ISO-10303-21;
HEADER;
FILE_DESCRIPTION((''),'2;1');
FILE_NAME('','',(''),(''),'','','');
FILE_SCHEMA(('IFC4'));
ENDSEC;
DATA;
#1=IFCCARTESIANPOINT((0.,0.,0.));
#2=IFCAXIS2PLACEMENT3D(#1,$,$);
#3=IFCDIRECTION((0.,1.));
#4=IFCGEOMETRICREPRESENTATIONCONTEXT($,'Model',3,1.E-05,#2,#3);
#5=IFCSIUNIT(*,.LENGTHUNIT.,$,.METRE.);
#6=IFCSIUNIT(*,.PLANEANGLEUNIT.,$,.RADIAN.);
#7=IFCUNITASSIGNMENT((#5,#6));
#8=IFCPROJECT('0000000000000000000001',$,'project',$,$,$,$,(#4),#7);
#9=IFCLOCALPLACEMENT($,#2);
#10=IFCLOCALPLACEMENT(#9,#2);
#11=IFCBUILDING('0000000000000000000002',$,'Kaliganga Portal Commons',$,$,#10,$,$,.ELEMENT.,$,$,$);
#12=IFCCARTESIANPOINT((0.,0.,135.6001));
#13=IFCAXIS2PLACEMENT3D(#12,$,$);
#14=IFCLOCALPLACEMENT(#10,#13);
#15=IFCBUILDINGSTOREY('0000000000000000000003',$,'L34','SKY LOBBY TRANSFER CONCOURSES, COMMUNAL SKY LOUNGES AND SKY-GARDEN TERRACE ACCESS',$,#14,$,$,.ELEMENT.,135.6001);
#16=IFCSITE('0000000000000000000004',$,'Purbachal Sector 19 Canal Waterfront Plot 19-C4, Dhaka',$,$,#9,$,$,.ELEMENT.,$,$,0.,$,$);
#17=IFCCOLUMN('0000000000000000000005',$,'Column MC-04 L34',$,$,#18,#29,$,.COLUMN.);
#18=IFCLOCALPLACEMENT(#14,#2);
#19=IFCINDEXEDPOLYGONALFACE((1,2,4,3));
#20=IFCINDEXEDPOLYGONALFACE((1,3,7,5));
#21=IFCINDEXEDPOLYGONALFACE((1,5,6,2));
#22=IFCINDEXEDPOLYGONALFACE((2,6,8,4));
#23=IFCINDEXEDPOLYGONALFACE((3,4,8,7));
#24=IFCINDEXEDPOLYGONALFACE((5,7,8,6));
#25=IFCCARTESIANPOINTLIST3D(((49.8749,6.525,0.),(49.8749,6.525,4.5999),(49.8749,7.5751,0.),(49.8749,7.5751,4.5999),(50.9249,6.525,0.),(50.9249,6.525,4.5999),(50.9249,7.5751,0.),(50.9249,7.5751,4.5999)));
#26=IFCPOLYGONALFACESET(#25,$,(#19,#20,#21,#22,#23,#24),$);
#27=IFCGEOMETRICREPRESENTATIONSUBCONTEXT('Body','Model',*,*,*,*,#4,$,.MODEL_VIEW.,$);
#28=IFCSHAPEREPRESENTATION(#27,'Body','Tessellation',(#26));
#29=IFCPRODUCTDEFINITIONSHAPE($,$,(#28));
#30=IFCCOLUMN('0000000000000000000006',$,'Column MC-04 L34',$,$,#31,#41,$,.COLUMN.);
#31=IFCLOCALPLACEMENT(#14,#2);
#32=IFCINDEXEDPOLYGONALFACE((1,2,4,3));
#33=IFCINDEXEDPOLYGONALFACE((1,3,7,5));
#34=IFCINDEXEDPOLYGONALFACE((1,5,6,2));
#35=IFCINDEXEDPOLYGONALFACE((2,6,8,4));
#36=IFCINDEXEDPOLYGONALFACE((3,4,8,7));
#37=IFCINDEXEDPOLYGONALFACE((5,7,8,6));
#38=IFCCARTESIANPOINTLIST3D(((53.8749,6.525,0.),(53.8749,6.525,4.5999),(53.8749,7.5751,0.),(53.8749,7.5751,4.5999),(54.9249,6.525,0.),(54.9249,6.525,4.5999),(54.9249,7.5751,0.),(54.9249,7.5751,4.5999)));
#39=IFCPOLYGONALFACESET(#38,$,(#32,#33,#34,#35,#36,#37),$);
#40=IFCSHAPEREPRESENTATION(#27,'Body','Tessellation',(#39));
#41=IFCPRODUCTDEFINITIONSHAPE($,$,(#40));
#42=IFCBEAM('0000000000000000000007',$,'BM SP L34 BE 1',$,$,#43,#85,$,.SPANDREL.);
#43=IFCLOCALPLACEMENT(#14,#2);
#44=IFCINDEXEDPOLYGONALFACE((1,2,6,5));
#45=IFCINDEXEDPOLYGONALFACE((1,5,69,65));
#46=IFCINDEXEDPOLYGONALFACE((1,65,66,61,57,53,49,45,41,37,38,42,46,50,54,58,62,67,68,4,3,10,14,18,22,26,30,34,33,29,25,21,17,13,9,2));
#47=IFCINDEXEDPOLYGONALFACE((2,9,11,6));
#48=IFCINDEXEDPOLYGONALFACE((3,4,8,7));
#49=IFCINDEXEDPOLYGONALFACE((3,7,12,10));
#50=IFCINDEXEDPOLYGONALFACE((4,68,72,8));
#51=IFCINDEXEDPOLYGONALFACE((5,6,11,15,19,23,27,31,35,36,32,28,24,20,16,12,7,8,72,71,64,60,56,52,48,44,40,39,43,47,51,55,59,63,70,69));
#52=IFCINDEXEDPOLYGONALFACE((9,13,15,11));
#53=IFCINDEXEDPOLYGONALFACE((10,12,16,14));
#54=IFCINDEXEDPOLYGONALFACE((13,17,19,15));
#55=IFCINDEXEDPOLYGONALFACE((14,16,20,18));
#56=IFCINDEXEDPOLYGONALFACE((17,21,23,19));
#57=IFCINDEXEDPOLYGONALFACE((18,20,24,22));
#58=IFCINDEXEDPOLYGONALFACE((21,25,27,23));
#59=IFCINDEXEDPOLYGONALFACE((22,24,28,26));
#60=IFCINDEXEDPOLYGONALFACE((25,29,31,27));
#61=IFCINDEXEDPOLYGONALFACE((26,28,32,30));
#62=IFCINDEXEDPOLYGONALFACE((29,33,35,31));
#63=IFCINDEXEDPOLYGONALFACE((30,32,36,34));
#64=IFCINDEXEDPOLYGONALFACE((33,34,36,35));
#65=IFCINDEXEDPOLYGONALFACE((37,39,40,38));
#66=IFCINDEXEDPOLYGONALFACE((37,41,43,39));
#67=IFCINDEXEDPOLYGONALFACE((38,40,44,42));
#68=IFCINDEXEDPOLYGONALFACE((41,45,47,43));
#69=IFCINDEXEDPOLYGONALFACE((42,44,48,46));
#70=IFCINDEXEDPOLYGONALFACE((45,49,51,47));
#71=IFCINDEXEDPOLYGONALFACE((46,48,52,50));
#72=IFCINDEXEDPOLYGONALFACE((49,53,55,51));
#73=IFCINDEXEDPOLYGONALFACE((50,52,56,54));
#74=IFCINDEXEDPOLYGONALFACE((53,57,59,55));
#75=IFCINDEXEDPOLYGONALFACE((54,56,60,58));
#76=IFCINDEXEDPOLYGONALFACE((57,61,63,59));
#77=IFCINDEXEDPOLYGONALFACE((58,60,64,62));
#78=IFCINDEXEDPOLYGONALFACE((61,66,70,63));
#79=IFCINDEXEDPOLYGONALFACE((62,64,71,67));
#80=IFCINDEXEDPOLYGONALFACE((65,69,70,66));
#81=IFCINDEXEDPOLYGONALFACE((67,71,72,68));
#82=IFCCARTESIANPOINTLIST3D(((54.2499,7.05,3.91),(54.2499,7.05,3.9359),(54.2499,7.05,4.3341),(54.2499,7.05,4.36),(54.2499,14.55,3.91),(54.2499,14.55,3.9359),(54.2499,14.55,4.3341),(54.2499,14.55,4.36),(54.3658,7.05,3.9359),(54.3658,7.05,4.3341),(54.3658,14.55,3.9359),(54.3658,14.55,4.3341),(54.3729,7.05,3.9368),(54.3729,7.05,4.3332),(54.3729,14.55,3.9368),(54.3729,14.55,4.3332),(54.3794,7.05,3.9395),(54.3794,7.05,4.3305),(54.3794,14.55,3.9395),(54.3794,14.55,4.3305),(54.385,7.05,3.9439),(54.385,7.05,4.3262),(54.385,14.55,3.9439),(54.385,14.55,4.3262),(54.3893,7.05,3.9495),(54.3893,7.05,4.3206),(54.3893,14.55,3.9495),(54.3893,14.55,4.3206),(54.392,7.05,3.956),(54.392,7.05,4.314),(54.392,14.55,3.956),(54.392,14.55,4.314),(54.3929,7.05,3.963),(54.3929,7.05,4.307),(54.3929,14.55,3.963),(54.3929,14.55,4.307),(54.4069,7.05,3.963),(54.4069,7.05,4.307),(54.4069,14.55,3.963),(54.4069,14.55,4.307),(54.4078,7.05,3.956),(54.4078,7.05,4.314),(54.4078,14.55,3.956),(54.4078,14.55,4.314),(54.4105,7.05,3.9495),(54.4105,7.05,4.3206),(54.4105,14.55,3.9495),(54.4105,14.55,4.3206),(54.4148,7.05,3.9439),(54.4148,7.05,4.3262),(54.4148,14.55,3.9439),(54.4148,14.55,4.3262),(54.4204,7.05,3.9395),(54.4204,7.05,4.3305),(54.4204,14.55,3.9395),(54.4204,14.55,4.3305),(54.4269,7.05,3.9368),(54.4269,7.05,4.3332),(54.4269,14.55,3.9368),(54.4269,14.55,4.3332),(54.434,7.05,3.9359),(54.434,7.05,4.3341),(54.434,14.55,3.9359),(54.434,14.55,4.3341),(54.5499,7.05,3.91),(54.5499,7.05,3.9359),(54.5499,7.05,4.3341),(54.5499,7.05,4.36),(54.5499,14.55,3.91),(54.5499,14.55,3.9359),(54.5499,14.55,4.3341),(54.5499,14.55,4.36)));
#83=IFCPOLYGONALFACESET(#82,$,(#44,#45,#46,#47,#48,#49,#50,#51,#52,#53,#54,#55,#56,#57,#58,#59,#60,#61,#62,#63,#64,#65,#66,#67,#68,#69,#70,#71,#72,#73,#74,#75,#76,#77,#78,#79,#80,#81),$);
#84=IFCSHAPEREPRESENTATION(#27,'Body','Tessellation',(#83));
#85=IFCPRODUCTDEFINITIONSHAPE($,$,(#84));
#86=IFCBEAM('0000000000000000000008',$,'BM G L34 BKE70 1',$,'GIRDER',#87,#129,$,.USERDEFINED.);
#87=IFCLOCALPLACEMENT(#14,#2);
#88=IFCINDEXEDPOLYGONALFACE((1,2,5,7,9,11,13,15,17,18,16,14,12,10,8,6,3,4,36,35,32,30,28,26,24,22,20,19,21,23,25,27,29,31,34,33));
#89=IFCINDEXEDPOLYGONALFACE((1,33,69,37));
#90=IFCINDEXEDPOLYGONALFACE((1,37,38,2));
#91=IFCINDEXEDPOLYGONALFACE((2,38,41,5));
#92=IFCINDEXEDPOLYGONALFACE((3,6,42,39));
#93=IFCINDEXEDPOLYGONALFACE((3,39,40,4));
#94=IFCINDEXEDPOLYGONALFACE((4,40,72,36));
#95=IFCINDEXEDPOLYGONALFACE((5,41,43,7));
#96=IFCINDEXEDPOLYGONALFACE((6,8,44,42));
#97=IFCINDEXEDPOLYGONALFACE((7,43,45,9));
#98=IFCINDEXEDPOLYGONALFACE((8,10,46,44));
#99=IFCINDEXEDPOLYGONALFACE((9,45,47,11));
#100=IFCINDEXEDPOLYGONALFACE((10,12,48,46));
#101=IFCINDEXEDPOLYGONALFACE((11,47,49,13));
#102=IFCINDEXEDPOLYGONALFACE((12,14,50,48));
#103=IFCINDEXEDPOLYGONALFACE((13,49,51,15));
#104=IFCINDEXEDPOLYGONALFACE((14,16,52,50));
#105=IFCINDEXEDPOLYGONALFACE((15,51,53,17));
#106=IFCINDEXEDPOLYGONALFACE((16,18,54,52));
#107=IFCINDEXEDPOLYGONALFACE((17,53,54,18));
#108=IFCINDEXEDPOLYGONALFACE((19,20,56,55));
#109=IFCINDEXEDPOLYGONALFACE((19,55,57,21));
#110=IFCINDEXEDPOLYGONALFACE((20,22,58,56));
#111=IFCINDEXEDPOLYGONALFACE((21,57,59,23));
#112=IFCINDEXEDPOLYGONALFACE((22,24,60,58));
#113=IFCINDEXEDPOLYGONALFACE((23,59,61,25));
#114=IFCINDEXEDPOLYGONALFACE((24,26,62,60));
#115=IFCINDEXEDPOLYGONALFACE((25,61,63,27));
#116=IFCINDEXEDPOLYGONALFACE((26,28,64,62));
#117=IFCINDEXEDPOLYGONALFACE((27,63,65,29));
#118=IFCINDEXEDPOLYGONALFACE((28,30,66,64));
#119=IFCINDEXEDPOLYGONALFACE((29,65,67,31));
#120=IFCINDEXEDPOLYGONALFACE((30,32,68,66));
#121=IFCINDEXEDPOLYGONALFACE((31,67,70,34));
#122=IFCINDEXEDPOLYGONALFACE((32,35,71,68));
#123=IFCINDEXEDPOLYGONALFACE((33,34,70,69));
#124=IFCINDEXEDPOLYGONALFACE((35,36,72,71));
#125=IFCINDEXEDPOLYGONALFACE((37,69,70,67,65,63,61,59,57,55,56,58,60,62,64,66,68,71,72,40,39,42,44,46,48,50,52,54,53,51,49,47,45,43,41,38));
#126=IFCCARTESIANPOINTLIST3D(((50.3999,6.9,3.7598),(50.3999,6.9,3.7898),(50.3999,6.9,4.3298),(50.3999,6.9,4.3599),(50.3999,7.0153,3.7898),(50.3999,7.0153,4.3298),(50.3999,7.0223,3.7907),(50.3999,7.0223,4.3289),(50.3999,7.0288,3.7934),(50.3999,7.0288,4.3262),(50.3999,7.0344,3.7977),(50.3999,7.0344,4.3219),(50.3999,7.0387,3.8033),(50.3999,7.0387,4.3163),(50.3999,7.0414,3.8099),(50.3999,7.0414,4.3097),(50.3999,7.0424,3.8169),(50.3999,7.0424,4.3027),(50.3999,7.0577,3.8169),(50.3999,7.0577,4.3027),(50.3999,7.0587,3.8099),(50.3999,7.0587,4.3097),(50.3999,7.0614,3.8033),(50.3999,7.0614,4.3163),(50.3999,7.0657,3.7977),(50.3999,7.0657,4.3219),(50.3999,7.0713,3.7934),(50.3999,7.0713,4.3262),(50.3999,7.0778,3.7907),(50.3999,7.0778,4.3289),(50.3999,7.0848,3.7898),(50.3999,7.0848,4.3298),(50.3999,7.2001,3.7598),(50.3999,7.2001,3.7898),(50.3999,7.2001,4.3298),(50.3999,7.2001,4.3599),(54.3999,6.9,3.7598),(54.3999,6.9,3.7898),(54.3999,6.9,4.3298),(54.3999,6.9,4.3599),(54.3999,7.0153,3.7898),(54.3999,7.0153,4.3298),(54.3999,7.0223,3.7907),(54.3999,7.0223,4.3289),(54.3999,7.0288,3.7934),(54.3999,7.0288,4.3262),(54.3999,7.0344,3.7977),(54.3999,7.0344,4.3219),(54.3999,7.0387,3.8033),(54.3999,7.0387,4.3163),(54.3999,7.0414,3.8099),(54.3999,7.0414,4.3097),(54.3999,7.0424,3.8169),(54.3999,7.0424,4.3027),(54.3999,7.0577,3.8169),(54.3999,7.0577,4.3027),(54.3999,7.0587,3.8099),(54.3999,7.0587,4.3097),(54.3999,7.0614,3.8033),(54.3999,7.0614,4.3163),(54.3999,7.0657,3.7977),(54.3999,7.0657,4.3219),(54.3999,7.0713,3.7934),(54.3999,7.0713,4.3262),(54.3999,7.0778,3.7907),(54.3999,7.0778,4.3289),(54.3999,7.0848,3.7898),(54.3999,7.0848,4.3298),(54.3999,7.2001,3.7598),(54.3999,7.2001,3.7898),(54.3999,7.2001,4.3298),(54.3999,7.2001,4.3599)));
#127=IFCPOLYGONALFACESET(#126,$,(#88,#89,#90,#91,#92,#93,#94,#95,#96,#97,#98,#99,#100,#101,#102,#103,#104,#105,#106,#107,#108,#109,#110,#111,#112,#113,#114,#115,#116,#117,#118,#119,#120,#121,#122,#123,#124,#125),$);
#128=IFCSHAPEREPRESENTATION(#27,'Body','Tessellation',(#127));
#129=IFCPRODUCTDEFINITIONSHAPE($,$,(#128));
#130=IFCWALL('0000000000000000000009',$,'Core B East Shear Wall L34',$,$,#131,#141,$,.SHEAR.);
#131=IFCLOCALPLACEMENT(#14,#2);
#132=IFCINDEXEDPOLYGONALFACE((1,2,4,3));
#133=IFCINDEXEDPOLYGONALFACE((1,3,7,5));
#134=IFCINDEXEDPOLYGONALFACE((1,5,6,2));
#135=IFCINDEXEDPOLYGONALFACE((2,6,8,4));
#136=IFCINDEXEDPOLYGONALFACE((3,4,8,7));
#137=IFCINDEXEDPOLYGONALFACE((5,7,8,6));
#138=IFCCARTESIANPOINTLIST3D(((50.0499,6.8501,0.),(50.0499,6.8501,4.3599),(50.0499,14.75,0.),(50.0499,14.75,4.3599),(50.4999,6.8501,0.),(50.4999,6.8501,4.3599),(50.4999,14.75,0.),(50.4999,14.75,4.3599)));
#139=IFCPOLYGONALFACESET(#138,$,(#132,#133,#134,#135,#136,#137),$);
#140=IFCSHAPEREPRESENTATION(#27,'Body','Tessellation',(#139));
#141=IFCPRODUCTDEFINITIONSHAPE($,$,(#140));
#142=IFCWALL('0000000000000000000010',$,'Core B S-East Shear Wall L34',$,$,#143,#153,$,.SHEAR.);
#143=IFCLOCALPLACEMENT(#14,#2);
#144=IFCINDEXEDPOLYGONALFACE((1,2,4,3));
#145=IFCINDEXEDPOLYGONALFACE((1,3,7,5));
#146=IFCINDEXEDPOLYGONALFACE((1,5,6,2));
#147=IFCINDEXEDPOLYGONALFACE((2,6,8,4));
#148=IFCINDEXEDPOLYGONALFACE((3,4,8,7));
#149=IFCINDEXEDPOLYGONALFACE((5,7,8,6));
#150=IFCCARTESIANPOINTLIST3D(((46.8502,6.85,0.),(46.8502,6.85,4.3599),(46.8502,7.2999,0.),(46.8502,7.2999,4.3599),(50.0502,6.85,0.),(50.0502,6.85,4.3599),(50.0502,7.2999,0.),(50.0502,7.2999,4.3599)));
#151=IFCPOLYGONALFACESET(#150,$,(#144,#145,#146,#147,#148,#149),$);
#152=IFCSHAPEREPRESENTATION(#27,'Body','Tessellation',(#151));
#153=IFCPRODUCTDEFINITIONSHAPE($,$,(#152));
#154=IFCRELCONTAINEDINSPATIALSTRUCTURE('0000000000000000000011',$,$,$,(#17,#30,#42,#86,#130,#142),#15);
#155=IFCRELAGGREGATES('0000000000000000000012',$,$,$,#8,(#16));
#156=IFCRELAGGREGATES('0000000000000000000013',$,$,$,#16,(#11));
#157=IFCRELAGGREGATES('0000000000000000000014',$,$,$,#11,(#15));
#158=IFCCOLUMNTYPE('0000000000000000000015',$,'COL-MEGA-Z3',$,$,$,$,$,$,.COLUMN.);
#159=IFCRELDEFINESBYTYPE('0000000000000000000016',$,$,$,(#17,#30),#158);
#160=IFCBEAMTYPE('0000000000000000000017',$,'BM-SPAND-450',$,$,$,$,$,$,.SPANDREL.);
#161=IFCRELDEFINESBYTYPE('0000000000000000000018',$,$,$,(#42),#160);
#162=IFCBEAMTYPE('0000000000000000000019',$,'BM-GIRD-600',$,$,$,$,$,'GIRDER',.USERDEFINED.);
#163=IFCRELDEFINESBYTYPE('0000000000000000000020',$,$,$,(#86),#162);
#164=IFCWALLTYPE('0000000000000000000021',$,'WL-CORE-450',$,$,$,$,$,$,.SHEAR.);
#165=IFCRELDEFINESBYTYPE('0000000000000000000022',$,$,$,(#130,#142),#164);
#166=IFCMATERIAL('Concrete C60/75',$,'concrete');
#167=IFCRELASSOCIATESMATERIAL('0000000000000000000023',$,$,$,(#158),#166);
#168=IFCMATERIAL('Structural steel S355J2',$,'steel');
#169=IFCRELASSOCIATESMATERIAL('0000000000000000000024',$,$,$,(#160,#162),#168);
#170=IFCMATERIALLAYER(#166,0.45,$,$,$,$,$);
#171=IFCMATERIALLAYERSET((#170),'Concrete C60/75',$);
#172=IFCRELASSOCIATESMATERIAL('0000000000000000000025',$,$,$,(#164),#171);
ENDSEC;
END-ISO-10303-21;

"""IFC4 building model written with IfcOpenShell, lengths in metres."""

from ifc_helpers import new_model, si_unit, direction, frame, frame_2d, origin, origin_2d, place, context, subcontext, project, spatial, rectangle, i_section, extrude, source, transform, mapped, material, layer, layer_set, material_profile, profile_set, type_object, element, save


model = new_model("IFC4")

# Units and contexts
model_context = context("Model", 3, precision=1e-05, world=origin(), true_north=direction((0.0, 1.0)))
body_context = subcontext(model_context, "Body", "Model", "MODEL_VIEW")
ifc_project = project(units=[si_unit("LENGTHUNIT", "METRE"), si_unit("PLANEANGLEUNIT", "RADIAN")], contexts=[model_context])

# Site, building, storey
site_placement = place(None, origin())
site = spatial("IfcSite", under=ifc_project, at=site_placement, Name="Purbachal Sector 19 Canal Waterfront Plot 19-C4, Dhaka", CompositionType="ELEMENT", RefElevation=0.0)
building_placement = place(site_placement, origin())
building = spatial("IfcBuilding", under=site, at=building_placement, Name="Kaliganga Portal Commons", CompositionType="ELEMENT")
storey_placement = place(building_placement, frame((0.0, 0.0, 135.6001)))
storey = spatial("IfcBuildingStorey", under=building, at=storey_placement, Name="L34", Description="SKY LOBBY TRANSFER CONCOURSES, COMMUNAL SKY LOUNGES AND SKY-GARDEN TERRACE ACCESS", CompositionType="ELEMENT", Elevation=135.6001)

# Columns
ifc_material_1 = material(Name="Concrete C60/75", Category="concrete")
ifc_material_profile_1 = material_profile(ifc_material_1, rectangle(XDim=1.05, YDim=1.05, at=origin_2d()), Name="RC 1050x1050")
ifc_profile_set_1 = profile_set([ifc_material_profile_1], Name="Concrete C60/75")
column_type = type_object("IfcColumnType", Name="COL-MEGA-Z3", PredefinedType="COLUMN", material=ifc_profile_set_1)
shared_shape_1 = source(origin(), body_context, "Body", "SweptSolid", [
    extrude(rectangle(XDim=1.05, YDim=1.05, at=origin_2d()), origin(), (0.0, 0.0, 1.0), 4.5999),
])
for number, where, z_axis, x_axis, name in (
    (1, (50.3999, 7.05, 0.0), (0.0, 0.0, 1.0), (1.0, 0.0, 0.0), "Column MC-04 L34"),
    (2, (54.3999, 7.05, 0.0), (0.0, 0.0, 1.0), (1.0, 0.0, 0.0), "Column MC-04 L34"),
):
    element("IfcColumn", number, at=place(storey_placement, frame(where, z_axis=z_axis, x_axis=x_axis)), inside=storey, type_object=column_type, Name=name, PredefinedType="COLUMN", context=body_context, shape_type="MappedRepresentation", body=[
        mapped(shared_shape_1, transform((0.0, 0.0, 0.0), x_axis=(1.0, 0.0, 0.0), y_axis=(0.0, 1.0, 0.0), z_axis=(0.0, 0.0, 1.0), scale=1.0)),
    ])

# Beams
ifc_material_2 = material(Name="Structural steel S355J2", Category="steel")
ifc_material_profile_2 = material_profile(ifc_material_2, i_section(OverallWidth=0.3, OverallDepth=0.45, WebThickness=0.0139, FlangeThickness=0.0259, FilletRadius=0.0271, at=origin_2d()), Name="HE 450 B")
ifc_profile_set_2 = profile_set([ifc_material_profile_2], Name="Structural steel S355J2 wide-flange")
beam_type_1 = type_object("IfcBeamType", Name="BM-SPAND-450", PredefinedType="SPANDREL", material=ifc_profile_set_2)
shared_shape_2 = source(origin(), body_context, "Body", "SweptSolid", [
    extrude(i_section(OverallWidth=0.3, OverallDepth=0.45, WebThickness=0.0139, FlangeThickness=0.0259, FilletRadius=0.0271, at=origin_2d()), origin(), (0.0, 0.0, 1.0), 7.5),
])
beam_1_placement = place(storey_placement, frame((54.3999, 7.05, 4.135), z_axis=(0.0, 1.0, 0.0), x_axis=(-1.0, 0.0, 0.0)))
element("IfcBeam", 3, at=beam_1_placement, inside=storey, type_object=beam_type_1, Name="BM SP L34 BE 1", PredefinedType="SPANDREL", context=body_context, shape_type="MappedRepresentation", body=[
    mapped(shared_shape_2, transform((0.0, 0.0, 0.0), x_axis=(1.0, 0.0, 0.0), y_axis=(0.0, 1.0, 0.0), z_axis=(0.0, 0.0, 1.0), scale=1.0)),
])
ifc_material_profile_3 = material_profile(ifc_material_2, i_section(OverallWidth=0.3, OverallDepth=0.6001, WebThickness=0.0154, FlangeThickness=0.03, FilletRadius=0.0271, at=origin_2d()), Name="HE 600 B")
ifc_profile_set_3 = profile_set([ifc_material_profile_3], Name="Structural steel S355J2 wide-flange")
beam_type_2 = type_object("IfcBeamType", Name="BM-GIRD-600", ElementType="GIRDER", PredefinedType="USERDEFINED", material=ifc_profile_set_3)
shared_shape_3 = source(origin(), body_context, "Body", "SweptSolid", [
    extrude(i_section(OverallWidth=0.3, OverallDepth=0.6001, WebThickness=0.0154, FlangeThickness=0.03, FilletRadius=0.0271, at=origin_2d()), origin(), (0.0, 0.0, 1.0), 4.0),
])
beam_2_placement = place(storey_placement, frame((50.3999, 7.05, 4.0598), z_axis=(1.0, 0.0, 0.0), x_axis=(0.0, 1.0, 0.0)))
element("IfcBeam", 4, at=beam_2_placement, inside=storey, type_object=beam_type_2, Name="BM G L34 BKE70 1", ObjectType="GIRDER", PredefinedType="USERDEFINED", context=body_context, shape_type="MappedRepresentation", body=[
    mapped(shared_shape_3, transform((0.0, 0.0, 0.0), x_axis=(1.0, 0.0, 0.0), y_axis=(0.0, 1.0, 0.0), z_axis=(0.0, 0.0, 1.0), scale=1.0)),
])

# Walls
ifc_layer_1 = layer(ifc_material_1, 0.45)
ifc_layer_set_1 = layer_set([ifc_layer_1], Name="Concrete C60/75")
wall_type_1 = type_object("IfcWallType", Name="WL-CORE-450", PredefinedType="SHEAR", material=ifc_layer_set_1)
wall_1_placement = place(storey_placement, frame((50.2749, 6.8501, 0.0), z_axis=(0.0, 0.0, 1.0), x_axis=(0.0, 1.0, 0.0)))
element("IfcWall", 5, at=wall_1_placement, inside=storey, type_object=wall_type_1, Name="Core B East Shear Wall L34", PredefinedType="SHEAR", context=body_context, shape_type="SweptSolid", body=[
    extrude(rectangle(XDim=7.8999, YDim=0.45, at=frame_2d((3.95, 0.0))), origin(), (0.0, 0.0, 1.0), 4.3599),
])
wall_2_placement = place(storey_placement, frame((46.8501, 7.075, 0.0), z_axis=(0.0, 0.0, 1.0), x_axis=(1.0, 0.0, 0.0)))
element("IfcWall", 6, at=wall_2_placement, inside=storey, type_object=wall_type_1, Name="Core B S-East Shear Wall L34", PredefinedType="SHEAR", context=body_context, shape_type="SweptSolid", body=[
    extrude(rectangle(XDim=3.2, YDim=0.45, at=frame_2d((1.6001, 0.0))), origin(), (0.0, 0.0, 1.0), 4.3599),
])

save(model, "model.ifc")
